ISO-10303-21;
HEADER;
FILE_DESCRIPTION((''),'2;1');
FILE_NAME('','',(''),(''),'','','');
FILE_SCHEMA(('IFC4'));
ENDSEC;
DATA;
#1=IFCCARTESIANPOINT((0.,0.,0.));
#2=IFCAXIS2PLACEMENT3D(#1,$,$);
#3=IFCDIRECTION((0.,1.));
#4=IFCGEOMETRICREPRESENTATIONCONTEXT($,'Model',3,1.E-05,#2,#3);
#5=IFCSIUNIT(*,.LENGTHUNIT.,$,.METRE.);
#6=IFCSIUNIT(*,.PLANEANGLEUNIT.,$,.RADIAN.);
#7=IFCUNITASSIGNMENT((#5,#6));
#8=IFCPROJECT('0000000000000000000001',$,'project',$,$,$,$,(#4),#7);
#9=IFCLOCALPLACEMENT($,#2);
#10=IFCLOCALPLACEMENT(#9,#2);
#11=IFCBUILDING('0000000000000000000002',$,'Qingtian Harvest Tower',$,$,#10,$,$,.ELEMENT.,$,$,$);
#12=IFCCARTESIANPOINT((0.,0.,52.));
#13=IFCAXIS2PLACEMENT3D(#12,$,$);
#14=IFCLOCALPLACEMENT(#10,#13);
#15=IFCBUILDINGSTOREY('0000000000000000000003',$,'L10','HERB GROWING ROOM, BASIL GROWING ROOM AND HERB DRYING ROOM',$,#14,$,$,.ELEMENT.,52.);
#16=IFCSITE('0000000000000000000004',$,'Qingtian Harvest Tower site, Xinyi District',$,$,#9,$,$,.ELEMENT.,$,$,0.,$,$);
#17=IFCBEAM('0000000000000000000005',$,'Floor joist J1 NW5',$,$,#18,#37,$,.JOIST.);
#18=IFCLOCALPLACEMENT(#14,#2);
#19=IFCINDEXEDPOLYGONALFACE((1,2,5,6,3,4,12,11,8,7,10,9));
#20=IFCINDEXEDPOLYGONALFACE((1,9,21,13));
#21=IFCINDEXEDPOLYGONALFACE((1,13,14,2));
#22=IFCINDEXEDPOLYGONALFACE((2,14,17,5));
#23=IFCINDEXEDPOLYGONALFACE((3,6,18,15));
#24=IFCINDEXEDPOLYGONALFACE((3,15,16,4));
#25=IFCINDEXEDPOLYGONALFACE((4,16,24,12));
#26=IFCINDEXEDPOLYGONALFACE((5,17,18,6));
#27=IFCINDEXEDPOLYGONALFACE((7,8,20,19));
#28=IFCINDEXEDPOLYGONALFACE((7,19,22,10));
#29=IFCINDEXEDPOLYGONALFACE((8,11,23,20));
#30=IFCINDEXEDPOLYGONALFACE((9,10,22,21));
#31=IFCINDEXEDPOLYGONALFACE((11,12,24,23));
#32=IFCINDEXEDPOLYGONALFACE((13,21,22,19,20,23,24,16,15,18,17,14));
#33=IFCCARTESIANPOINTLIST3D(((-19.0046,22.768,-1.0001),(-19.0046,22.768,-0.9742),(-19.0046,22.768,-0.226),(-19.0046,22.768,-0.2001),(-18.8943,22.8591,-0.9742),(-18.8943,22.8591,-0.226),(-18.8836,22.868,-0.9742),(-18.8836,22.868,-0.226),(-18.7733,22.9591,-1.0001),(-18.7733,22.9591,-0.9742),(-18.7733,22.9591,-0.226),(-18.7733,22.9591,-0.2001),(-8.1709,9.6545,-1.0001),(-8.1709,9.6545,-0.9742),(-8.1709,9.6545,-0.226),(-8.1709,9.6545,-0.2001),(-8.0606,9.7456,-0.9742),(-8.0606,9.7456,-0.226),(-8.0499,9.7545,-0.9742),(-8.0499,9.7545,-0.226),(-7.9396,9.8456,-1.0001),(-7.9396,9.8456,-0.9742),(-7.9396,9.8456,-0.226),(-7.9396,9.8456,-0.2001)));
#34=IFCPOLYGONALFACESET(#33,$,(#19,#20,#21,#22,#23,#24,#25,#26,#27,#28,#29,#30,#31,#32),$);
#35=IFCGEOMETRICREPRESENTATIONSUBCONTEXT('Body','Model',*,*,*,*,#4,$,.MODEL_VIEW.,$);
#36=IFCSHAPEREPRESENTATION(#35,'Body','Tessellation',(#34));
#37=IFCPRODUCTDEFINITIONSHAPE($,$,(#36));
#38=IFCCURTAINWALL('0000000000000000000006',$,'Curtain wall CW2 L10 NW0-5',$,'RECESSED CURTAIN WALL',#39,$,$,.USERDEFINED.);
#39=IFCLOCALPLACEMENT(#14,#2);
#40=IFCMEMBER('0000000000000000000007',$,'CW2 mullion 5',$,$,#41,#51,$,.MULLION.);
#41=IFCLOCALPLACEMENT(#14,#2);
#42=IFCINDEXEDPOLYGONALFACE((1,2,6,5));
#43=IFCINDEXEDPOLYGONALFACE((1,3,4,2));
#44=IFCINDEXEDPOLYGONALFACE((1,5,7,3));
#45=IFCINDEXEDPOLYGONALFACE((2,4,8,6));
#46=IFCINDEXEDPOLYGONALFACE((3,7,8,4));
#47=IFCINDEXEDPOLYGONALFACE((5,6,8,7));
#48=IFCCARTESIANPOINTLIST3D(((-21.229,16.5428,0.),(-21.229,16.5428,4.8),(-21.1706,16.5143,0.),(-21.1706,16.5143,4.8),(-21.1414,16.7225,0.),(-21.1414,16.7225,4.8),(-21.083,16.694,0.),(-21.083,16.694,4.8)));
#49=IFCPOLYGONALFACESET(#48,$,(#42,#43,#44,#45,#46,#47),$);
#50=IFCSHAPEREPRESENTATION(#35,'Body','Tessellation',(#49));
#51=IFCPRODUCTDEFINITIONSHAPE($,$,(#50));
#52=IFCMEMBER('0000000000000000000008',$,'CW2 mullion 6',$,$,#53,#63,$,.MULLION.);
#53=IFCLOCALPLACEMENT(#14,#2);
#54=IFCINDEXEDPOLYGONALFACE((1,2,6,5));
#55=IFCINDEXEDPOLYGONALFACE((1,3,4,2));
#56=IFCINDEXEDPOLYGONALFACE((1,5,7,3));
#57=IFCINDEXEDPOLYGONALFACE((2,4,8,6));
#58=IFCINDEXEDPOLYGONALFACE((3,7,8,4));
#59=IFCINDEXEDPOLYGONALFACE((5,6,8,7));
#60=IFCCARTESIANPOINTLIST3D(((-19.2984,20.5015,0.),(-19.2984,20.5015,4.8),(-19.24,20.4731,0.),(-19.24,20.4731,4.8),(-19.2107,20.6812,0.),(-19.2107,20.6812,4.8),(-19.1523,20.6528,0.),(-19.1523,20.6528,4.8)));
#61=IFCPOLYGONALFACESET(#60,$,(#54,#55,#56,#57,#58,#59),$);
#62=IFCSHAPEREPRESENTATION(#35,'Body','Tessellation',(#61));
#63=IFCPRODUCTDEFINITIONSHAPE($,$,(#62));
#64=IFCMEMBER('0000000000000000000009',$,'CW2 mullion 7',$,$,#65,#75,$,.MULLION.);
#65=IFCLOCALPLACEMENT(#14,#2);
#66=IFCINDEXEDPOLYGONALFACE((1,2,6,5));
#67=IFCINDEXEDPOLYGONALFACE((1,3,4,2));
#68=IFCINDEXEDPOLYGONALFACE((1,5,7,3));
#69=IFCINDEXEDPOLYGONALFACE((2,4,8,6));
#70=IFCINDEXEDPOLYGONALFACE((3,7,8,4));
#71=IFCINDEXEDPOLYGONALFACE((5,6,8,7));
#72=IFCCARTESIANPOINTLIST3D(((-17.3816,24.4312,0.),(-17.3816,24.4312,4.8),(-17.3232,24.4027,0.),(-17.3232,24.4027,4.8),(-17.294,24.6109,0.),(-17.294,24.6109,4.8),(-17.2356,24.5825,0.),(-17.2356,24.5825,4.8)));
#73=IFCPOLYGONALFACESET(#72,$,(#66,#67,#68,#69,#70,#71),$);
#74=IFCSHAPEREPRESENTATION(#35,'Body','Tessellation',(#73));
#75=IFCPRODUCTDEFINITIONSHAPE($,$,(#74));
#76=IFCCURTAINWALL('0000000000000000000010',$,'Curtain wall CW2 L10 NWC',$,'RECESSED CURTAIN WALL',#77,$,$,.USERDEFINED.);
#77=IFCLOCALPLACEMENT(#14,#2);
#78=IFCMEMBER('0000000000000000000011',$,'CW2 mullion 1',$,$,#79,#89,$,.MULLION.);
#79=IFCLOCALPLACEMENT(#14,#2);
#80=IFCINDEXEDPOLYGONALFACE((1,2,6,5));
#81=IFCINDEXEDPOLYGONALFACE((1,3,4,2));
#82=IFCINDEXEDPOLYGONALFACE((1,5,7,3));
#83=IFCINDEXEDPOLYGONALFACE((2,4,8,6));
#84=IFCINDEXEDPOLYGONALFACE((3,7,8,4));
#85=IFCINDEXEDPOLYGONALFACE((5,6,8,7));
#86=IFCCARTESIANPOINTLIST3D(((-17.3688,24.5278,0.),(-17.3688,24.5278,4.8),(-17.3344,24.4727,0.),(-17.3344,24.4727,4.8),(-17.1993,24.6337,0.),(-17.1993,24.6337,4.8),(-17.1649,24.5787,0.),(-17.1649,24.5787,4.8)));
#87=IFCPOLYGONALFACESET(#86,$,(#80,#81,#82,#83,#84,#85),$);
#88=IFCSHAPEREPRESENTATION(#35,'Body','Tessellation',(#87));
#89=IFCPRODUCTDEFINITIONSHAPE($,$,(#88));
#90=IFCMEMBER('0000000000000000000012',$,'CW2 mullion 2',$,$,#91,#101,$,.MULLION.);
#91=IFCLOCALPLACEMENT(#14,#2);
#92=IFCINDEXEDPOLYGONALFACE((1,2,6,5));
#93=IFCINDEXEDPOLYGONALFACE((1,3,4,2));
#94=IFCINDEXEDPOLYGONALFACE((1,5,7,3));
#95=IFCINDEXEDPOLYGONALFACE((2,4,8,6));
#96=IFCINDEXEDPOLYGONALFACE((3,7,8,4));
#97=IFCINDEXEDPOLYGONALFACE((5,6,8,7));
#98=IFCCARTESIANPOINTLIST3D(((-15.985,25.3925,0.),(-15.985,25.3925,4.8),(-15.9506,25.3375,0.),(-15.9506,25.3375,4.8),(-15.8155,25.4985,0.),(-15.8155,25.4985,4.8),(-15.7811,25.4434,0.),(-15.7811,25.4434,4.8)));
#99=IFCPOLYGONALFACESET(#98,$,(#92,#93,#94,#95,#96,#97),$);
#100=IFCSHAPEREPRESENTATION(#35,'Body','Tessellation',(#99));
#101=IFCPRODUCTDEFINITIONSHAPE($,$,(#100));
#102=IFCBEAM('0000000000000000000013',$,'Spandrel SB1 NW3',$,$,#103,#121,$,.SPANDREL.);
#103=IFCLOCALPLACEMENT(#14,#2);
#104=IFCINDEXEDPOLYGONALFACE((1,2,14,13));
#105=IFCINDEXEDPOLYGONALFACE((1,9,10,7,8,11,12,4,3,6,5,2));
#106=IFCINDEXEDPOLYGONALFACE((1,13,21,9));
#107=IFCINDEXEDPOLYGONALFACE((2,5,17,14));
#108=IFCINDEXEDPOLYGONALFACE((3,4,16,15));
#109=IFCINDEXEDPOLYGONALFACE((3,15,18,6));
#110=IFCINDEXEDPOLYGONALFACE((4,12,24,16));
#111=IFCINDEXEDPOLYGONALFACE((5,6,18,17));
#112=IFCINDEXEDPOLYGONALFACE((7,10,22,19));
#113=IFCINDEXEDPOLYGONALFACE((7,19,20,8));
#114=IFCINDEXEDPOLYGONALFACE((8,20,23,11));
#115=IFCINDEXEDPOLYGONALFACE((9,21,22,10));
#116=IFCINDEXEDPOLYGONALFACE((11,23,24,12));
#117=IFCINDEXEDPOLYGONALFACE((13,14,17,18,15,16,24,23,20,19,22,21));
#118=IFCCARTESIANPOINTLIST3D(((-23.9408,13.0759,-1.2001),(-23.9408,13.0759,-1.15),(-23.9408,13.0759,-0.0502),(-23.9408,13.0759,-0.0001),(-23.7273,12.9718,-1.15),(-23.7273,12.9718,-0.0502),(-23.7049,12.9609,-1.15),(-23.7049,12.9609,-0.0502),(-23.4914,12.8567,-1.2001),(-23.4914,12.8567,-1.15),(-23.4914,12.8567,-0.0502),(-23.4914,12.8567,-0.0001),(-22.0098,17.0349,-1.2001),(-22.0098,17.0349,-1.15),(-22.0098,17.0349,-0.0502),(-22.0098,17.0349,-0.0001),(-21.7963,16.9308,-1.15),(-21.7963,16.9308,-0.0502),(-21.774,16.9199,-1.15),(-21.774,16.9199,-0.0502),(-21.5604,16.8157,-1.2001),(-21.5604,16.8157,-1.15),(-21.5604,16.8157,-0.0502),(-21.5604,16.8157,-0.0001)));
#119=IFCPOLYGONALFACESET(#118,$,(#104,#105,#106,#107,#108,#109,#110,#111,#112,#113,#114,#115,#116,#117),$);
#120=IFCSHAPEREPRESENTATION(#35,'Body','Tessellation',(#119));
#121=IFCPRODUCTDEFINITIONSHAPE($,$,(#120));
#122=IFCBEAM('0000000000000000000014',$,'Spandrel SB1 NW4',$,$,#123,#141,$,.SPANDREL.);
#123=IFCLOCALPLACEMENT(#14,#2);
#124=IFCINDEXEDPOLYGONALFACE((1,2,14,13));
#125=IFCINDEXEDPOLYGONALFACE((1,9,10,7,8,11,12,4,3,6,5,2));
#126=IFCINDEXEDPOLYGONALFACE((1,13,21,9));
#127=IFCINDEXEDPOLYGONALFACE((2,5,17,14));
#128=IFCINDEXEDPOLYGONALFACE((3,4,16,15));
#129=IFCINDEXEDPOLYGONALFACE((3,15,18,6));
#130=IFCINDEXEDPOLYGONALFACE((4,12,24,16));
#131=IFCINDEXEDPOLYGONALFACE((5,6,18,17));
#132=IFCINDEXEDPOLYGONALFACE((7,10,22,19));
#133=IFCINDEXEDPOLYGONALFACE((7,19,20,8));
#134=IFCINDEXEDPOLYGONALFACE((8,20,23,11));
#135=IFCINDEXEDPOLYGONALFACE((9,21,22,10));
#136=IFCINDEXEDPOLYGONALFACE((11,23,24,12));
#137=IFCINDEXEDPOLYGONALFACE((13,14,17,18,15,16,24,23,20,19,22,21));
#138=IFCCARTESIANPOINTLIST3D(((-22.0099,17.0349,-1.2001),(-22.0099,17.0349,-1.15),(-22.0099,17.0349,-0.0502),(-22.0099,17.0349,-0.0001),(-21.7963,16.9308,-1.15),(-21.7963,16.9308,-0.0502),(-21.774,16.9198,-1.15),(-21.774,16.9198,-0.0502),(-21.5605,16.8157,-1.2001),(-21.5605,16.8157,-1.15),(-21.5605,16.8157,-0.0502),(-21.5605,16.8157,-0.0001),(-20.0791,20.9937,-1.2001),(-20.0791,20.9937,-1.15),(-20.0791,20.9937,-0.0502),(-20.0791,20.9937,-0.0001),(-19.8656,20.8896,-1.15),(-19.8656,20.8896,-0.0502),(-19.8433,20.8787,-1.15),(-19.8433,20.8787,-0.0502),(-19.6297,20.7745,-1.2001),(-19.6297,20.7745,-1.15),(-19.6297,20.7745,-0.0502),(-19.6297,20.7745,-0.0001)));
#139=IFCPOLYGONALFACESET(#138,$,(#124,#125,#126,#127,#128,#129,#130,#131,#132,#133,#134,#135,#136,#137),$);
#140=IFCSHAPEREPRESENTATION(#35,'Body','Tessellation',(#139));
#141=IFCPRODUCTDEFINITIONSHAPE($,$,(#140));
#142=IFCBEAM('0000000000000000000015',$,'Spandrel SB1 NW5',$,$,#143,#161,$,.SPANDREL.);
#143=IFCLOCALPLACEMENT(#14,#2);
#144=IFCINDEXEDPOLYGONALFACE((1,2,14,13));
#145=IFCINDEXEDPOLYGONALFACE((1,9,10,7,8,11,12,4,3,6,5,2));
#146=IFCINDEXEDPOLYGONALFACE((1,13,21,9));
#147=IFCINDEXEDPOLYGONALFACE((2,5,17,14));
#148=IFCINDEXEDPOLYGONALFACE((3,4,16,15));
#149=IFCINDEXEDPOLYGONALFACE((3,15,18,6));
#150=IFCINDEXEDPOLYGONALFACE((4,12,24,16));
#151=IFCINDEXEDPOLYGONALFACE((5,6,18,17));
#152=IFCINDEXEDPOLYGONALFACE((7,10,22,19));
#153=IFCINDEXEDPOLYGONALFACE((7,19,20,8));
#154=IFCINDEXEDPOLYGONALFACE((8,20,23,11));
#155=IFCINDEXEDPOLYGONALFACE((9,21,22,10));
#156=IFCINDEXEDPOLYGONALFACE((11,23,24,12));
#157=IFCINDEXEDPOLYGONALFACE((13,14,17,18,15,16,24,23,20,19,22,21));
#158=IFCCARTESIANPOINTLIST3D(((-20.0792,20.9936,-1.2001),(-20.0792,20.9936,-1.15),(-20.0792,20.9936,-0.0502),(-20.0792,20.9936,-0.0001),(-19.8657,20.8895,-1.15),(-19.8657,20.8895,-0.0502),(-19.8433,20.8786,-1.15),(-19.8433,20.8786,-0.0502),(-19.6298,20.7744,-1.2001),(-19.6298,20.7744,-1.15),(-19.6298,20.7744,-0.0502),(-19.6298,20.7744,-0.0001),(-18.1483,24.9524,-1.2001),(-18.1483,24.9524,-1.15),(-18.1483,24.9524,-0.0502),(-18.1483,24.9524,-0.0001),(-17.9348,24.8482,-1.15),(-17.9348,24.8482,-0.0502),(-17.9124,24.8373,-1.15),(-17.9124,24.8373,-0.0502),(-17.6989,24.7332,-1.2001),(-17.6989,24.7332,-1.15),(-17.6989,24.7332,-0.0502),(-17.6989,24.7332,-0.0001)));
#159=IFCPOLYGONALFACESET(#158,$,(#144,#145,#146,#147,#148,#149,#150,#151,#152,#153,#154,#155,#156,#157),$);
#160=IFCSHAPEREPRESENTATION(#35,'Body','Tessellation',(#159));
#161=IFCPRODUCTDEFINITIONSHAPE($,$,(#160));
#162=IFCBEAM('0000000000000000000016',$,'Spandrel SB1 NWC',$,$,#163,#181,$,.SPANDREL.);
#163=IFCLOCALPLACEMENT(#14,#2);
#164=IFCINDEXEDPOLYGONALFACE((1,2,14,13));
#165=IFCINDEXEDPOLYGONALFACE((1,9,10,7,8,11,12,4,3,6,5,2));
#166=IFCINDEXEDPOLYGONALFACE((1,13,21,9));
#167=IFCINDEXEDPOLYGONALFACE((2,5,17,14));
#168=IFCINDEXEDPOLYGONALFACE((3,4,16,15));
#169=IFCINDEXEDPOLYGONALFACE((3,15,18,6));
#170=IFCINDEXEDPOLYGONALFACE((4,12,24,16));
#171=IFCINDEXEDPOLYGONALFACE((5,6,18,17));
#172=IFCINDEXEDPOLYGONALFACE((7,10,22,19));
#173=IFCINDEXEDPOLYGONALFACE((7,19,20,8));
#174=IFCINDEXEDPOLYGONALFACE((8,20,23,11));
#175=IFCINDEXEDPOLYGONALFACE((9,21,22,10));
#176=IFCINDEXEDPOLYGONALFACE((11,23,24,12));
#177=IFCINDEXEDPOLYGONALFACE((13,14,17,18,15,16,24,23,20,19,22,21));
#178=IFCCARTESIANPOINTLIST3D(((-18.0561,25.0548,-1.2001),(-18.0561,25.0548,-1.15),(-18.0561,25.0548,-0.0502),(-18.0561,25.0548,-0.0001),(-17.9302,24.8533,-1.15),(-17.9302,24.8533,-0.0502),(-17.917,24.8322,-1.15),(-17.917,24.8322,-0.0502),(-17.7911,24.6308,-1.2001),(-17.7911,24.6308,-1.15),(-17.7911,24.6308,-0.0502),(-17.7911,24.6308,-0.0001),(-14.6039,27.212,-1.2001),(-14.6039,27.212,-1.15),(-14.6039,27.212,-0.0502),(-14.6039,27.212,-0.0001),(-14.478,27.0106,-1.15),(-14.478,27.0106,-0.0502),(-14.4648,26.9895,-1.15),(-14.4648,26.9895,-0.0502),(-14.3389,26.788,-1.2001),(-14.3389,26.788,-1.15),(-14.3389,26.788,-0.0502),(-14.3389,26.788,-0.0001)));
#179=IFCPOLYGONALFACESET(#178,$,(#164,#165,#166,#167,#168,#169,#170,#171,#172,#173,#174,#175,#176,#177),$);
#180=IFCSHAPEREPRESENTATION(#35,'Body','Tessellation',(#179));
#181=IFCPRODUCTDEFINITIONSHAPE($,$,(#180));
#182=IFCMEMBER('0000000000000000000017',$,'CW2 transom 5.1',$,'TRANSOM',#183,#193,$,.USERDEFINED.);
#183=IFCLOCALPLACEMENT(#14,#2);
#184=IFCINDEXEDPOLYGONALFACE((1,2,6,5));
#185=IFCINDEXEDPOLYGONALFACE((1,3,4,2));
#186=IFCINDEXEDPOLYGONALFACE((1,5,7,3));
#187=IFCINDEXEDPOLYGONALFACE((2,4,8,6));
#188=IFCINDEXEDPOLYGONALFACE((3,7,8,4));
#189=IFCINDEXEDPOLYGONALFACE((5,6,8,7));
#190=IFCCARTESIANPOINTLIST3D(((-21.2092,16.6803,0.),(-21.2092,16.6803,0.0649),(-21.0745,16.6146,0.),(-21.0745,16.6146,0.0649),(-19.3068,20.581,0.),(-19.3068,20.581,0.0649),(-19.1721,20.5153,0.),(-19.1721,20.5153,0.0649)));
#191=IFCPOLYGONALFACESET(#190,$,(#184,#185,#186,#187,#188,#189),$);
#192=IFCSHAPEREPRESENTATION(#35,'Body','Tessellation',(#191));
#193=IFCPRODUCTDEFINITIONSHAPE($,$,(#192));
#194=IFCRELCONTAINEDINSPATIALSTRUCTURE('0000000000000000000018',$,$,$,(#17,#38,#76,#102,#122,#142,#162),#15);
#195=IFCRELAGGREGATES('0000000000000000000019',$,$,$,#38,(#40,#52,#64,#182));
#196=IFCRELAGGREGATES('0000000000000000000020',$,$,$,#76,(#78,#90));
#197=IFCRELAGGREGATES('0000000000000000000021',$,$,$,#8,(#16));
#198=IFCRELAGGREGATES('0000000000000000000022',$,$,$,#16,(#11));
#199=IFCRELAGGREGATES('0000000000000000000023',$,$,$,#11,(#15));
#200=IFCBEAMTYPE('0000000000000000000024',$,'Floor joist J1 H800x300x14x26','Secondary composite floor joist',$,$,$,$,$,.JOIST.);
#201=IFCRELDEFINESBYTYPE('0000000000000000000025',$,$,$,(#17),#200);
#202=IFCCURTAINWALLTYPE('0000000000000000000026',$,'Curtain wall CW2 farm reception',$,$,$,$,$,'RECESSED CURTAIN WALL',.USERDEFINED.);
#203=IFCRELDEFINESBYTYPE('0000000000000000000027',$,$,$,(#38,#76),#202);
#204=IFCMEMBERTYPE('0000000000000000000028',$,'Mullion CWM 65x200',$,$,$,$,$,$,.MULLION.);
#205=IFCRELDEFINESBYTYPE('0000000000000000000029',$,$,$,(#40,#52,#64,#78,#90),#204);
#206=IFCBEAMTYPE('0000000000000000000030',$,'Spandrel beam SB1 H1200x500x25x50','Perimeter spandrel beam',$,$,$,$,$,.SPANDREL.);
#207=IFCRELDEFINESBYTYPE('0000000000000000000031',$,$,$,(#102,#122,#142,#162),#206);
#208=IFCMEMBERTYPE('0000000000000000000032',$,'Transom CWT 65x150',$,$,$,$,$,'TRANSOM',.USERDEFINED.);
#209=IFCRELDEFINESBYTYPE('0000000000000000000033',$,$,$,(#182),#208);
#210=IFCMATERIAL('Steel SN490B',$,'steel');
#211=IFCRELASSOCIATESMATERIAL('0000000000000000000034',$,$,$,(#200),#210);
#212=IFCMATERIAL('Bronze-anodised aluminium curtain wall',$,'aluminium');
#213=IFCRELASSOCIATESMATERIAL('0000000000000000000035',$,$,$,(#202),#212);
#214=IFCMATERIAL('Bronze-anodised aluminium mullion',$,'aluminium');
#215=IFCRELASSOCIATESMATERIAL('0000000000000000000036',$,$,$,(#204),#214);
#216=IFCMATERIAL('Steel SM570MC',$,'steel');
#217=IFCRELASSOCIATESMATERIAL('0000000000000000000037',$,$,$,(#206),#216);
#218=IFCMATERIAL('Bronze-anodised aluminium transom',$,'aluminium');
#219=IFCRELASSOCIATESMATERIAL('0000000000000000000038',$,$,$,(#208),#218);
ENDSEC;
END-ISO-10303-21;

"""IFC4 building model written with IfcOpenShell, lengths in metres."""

from ifc_helpers import new_model, si_unit, direction, frame, origin, origin_2d, place, context, subcontext, project, spatial, rectangle, i_section, extrude, material, material_profile, profile_set, type_object, element, aggregate, save


model = new_model("IFC4")

# Units and contexts
model_context = context("Model", 3, precision=1e-05, world=origin(), true_north=direction((0.0, 1.0)))
body_context = subcontext(model_context, "Body", "Model", "MODEL_VIEW")
ifc_project = project(units=[si_unit("LENGTHUNIT", "METRE"), si_unit("PLANEANGLEUNIT", "RADIAN")], contexts=[model_context])

# Site, building, storey
site_placement = place(None, origin())
site = spatial("IfcSite", under=ifc_project, at=site_placement, Name="Qingtian Harvest Tower site, Xinyi District", CompositionType="ELEMENT", RefElevation=0.0)
building_placement = place(site_placement, origin())
building = spatial("IfcBuilding", under=site, at=building_placement, Name="Qingtian Harvest Tower", CompositionType="ELEMENT")
storey_placement = place(building_placement, frame((0.0, 0.0, 52.0)))
storey = spatial("IfcBuildingStorey", under=building, at=storey_placement, Name="L10", Description="HERB GROWING ROOM, BASIL GROWING ROOM AND HERB DRYING ROOM", CompositionType="ELEMENT", Elevation=52.0)

# Beam
ifc_material_1 = material(Name="Steel SN490B", Category="steel")
ifc_material_profile_1 = material_profile(ifc_material_1, i_section(OverallWidth=0.3, OverallDepth=0.8, WebThickness=0.0139, FlangeThickness=0.0259, at=origin_2d()), Name="H800x300x14x26")
ifc_profile_set_1 = profile_set([ifc_material_profile_1], Name="Steel SN490B")
beam_type_1 = type_object("IfcBeamType", Name="Floor joist J1 H800x300x14x26", Description="Secondary composite floor joist", PredefinedType="JOIST", material=ifc_profile_set_1)
beam_1_placement = place(storey_placement, frame((-18.8889, 22.8635, -0.6001), z_axis=(0.63691, -0.770938, 0.0), x_axis=(0.770938, 0.63691, 0.0)))
element("IfcBeam", 1, at=beam_1_placement, inside=storey, type_object=beam_type_1, Name="Floor joist J1 NW5", PredefinedType="JOIST", context=body_context, shape_type="SweptSolid", body=[
    extrude(i_section(OverallWidth=0.3, OverallDepth=0.8, WebThickness=0.0139, FlangeThickness=0.0259, at=origin_2d()), origin(), (0.0, 0.0, 1.0), 17.0098),
])

# Curtain walls, members
ifc_material_2 = material(Name="Bronze-anodised aluminium curtain wall", Category="aluminium")
curtain_wall_type = type_object("IfcCurtainWallType", Name="Curtain wall CW2 farm reception", ElementType="RECESSED CURTAIN WALL", PredefinedType="USERDEFINED", material=ifc_material_2)
curtain_wall_1_placement = place(storey_placement, origin())
curtain_wall_1 = element("IfcCurtainWall", 2, at=curtain_wall_1_placement, inside=storey, type_object=curtain_wall_type, Name="Curtain wall CW2 L10 NW0-5", ObjectType="RECESSED CURTAIN WALL", PredefinedType="USERDEFINED")
ifc_material_3 = material(Name="Bronze-anodised aluminium mullion", Category="aluminium")
ifc_material_profile_2 = material_profile(ifc_material_3, rectangle(XDim=0.0649, YDim=0.2, at=origin_2d()), Name="AL 65x200")
ifc_profile_set_2 = profile_set([ifc_material_profile_2], Name="Bronze-anodised aluminium mullion")
member_type_1 = type_object("IfcMemberType", Name="Mullion CWM 65x200", PredefinedType="MULLION", material=ifc_profile_set_2)
member_1_placement = place(storey_placement, frame((-21.156, 16.6184, 0.0), z_axis=(0.0, 0.0, 1.0), x_axis=(-0.898794, 0.438371, 0.0)))
member_1 = element("IfcMember", 3, at=member_1_placement, type_object=member_type_1, Name="CW2 mullion 5", PredefinedType="MULLION", context=body_context, shape_type="SweptSolid", body=[
    extrude(rectangle(XDim=0.0649, YDim=0.2, at=origin_2d()), origin(), (0.0, 0.0, 1.0), 4.8),
])
member_2_placement = place(storey_placement, frame((-19.2253, 20.5771, 0.0), z_axis=(0.0, 0.0, 1.0), x_axis=(-0.898794, 0.438371, 0.0)))
member_2 = element("IfcMember", 4, at=member_2_placement, type_object=member_type_1, Name="CW2 mullion 6", PredefinedType="MULLION", context=body_context, shape_type="SweptSolid", body=[
    extrude(rectangle(XDim=0.0649, YDim=0.2, at=origin_2d()), origin(), (0.0, 0.0, 1.0), 4.8),
])
member_3_placement = place(storey_placement, frame((-17.3086, 24.5068, 0.0), z_axis=(0.0, 0.0, 1.0), x_axis=(-0.898794, 0.438371, 0.0)))
member_3 = element("IfcMember", 5, at=member_3_placement, type_object=member_type_1, Name="CW2 mullion 7", PredefinedType="MULLION", context=body_context, shape_type="SweptSolid", body=[
    extrude(rectangle(XDim=0.0649, YDim=0.2, at=origin_2d()), origin(), (0.0, 0.0, 1.0), 4.8),
])
curtain_wall_2_placement = place(storey_placement, origin())
curtain_wall_2 = element("IfcCurtainWall", 6, at=curtain_wall_2_placement, inside=storey, type_object=curtain_wall_type, Name="Curtain wall CW2 L10 NWC", ObjectType="RECESSED CURTAIN WALL", PredefinedType="USERDEFINED")
member_4_placement = place(storey_placement, frame((-17.2668, 24.5532, 0.0), z_axis=(0.0, 0.0, 1.0), x_axis=(-0.529919, 0.848048, 0.0)))
member_4 = element("IfcMember", 7, at=member_4_placement, type_object=member_type_1, Name="CW2 mullion 1", PredefinedType="MULLION", context=body_context, shape_type="SweptSolid", body=[
    extrude(rectangle(XDim=0.0649, YDim=0.2, at=origin_2d()), origin(), (0.0, 0.0, 1.0), 4.8),
])
member_5_placement = place(storey_placement, frame((-15.8831, 25.418, 0.0), z_axis=(0.0, 0.0, 1.0), x_axis=(-0.529919, 0.848048, 0.0)))
member_5 = element("IfcMember", 8, at=member_5_placement, type_object=member_type_1, Name="CW2 mullion 2", PredefinedType="MULLION", context=body_context, shape_type="SweptSolid", body=[
    extrude(rectangle(XDim=0.0649, YDim=0.2, at=origin_2d()), origin(), (0.0, 0.0, 1.0), 4.8),
])

# Beams
ifc_material_4 = material(Name="Steel SM570MC", Category="steel")
ifc_material_profile_3 = material_profile(ifc_material_4, i_section(OverallWidth=0.5, OverallDepth=1.2, WebThickness=0.0249, FlangeThickness=0.05, at=origin_2d()), Name="H1200x500x25x50")
ifc_profile_set_3 = profile_set([ifc_material_profile_3], Name="Steel SM570MC")
beam_type_2 = type_object("IfcBeamType", Name="Spandrel beam SB1 H1200x500x25x50", Description="Perimeter spandrel beam", PredefinedType="SPANDREL", material=ifc_profile_set_3)
beam_2_placement = place(storey_placement, frame((-23.7161, 12.9663, -0.6001), z_axis=(0.438368, 0.898796, 0.0), x_axis=(-0.898796, 0.438368, 0.0)))
element("IfcBeam", 9, at=beam_2_placement, inside=storey, type_object=beam_type_2, Name="Spandrel SB1 NW3", PredefinedType="SPANDREL", context=body_context, shape_type="SweptSolid", body=[
    extrude(i_section(OverallWidth=0.5, OverallDepth=1.2, WebThickness=0.0249, FlangeThickness=0.05, at=origin_2d()), origin(), (0.0, 0.0, 1.0), 4.4048),
])
for number, where, z_axis, x_axis, name in (
    (10, (-21.7852, 16.9253, -0.6001), (0.438345, 0.898807, 0.0), (-0.898807, 0.438345, 0.0), "Spandrel SB1 NW4"),
    (11, (-19.8545, 20.884, -0.6001), (0.43839, 0.898785, 0.0), (-0.898785, 0.43839, 0.0), "Spandrel SB1 NW5"),
):
    element("IfcBeam", number, at=place(storey_placement, frame(where, z_axis=z_axis, x_axis=x_axis)), inside=storey, type_object=beam_type_2, Name=name, PredefinedType="SPANDREL", context=body_context, shape_type="SweptSolid", body=[
        extrude(i_section(OverallWidth=0.5, OverallDepth=1.2, WebThickness=0.0249, FlangeThickness=0.05, at=origin_2d()), origin(), (0.0, 0.0, 1.0), 4.4045),
    ])
beam_3_placement = place(storey_placement, frame((-17.9236, 24.8428, -0.6001), z_axis=(0.848039, 0.529934, 0.0), x_axis=(-0.529934, 0.848039, 0.0)))
element("IfcBeam", 12, at=beam_3_placement, inside=storey, type_object=beam_type_2, Name="Spandrel SB1 NWC", PredefinedType="SPANDREL", context=body_context, shape_type="SweptSolid", body=[
    extrude(i_section(OverallWidth=0.5, OverallDepth=1.2, WebThickness=0.0249, FlangeThickness=0.05, at=origin_2d()), origin(), (0.0, 0.0, 1.0), 4.0708),
])

# Member
ifc_material_5 = material(Name="Bronze-anodised aluminium transom", Category="aluminium")
ifc_material_profile_4 = material_profile(ifc_material_5, rectangle(XDim=0.1499, YDim=0.0649, at=origin_2d()), Name="AL 65x150")
ifc_profile_set_4 = profile_set([ifc_material_profile_4], Name="Bronze-anodised aluminium transom")
member_type_2 = type_object("IfcMemberType", Name="Transom CWT 65x150", ElementType="TRANSOM", PredefinedType="USERDEFINED", material=ifc_profile_set_4)
member_6_placement = place(storey_placement, frame((-21.1418, 16.6475, 0.0325), z_axis=(0.438348, 0.898805, 0.0), x_axis=(-0.898805, 0.438348, 0.0)))
member_6 = element("IfcMember", 13, at=member_6_placement, type_object=member_type_2, Name="CW2 transom 5.1", ObjectType="TRANSOM", PredefinedType="USERDEFINED", context=body_context, shape_type="SweptSolid", body=[
    extrude(rectangle(XDim=0.1499, YDim=0.0649, at=origin_2d()), origin(), (0.0, 0.0, 1.0), 4.3398),
])

aggregate(curtain_wall_1, [member_1, member_2, member_3, member_6])
aggregate(curtain_wall_2, [member_4, member_5])

save(model, "model.ifc")
